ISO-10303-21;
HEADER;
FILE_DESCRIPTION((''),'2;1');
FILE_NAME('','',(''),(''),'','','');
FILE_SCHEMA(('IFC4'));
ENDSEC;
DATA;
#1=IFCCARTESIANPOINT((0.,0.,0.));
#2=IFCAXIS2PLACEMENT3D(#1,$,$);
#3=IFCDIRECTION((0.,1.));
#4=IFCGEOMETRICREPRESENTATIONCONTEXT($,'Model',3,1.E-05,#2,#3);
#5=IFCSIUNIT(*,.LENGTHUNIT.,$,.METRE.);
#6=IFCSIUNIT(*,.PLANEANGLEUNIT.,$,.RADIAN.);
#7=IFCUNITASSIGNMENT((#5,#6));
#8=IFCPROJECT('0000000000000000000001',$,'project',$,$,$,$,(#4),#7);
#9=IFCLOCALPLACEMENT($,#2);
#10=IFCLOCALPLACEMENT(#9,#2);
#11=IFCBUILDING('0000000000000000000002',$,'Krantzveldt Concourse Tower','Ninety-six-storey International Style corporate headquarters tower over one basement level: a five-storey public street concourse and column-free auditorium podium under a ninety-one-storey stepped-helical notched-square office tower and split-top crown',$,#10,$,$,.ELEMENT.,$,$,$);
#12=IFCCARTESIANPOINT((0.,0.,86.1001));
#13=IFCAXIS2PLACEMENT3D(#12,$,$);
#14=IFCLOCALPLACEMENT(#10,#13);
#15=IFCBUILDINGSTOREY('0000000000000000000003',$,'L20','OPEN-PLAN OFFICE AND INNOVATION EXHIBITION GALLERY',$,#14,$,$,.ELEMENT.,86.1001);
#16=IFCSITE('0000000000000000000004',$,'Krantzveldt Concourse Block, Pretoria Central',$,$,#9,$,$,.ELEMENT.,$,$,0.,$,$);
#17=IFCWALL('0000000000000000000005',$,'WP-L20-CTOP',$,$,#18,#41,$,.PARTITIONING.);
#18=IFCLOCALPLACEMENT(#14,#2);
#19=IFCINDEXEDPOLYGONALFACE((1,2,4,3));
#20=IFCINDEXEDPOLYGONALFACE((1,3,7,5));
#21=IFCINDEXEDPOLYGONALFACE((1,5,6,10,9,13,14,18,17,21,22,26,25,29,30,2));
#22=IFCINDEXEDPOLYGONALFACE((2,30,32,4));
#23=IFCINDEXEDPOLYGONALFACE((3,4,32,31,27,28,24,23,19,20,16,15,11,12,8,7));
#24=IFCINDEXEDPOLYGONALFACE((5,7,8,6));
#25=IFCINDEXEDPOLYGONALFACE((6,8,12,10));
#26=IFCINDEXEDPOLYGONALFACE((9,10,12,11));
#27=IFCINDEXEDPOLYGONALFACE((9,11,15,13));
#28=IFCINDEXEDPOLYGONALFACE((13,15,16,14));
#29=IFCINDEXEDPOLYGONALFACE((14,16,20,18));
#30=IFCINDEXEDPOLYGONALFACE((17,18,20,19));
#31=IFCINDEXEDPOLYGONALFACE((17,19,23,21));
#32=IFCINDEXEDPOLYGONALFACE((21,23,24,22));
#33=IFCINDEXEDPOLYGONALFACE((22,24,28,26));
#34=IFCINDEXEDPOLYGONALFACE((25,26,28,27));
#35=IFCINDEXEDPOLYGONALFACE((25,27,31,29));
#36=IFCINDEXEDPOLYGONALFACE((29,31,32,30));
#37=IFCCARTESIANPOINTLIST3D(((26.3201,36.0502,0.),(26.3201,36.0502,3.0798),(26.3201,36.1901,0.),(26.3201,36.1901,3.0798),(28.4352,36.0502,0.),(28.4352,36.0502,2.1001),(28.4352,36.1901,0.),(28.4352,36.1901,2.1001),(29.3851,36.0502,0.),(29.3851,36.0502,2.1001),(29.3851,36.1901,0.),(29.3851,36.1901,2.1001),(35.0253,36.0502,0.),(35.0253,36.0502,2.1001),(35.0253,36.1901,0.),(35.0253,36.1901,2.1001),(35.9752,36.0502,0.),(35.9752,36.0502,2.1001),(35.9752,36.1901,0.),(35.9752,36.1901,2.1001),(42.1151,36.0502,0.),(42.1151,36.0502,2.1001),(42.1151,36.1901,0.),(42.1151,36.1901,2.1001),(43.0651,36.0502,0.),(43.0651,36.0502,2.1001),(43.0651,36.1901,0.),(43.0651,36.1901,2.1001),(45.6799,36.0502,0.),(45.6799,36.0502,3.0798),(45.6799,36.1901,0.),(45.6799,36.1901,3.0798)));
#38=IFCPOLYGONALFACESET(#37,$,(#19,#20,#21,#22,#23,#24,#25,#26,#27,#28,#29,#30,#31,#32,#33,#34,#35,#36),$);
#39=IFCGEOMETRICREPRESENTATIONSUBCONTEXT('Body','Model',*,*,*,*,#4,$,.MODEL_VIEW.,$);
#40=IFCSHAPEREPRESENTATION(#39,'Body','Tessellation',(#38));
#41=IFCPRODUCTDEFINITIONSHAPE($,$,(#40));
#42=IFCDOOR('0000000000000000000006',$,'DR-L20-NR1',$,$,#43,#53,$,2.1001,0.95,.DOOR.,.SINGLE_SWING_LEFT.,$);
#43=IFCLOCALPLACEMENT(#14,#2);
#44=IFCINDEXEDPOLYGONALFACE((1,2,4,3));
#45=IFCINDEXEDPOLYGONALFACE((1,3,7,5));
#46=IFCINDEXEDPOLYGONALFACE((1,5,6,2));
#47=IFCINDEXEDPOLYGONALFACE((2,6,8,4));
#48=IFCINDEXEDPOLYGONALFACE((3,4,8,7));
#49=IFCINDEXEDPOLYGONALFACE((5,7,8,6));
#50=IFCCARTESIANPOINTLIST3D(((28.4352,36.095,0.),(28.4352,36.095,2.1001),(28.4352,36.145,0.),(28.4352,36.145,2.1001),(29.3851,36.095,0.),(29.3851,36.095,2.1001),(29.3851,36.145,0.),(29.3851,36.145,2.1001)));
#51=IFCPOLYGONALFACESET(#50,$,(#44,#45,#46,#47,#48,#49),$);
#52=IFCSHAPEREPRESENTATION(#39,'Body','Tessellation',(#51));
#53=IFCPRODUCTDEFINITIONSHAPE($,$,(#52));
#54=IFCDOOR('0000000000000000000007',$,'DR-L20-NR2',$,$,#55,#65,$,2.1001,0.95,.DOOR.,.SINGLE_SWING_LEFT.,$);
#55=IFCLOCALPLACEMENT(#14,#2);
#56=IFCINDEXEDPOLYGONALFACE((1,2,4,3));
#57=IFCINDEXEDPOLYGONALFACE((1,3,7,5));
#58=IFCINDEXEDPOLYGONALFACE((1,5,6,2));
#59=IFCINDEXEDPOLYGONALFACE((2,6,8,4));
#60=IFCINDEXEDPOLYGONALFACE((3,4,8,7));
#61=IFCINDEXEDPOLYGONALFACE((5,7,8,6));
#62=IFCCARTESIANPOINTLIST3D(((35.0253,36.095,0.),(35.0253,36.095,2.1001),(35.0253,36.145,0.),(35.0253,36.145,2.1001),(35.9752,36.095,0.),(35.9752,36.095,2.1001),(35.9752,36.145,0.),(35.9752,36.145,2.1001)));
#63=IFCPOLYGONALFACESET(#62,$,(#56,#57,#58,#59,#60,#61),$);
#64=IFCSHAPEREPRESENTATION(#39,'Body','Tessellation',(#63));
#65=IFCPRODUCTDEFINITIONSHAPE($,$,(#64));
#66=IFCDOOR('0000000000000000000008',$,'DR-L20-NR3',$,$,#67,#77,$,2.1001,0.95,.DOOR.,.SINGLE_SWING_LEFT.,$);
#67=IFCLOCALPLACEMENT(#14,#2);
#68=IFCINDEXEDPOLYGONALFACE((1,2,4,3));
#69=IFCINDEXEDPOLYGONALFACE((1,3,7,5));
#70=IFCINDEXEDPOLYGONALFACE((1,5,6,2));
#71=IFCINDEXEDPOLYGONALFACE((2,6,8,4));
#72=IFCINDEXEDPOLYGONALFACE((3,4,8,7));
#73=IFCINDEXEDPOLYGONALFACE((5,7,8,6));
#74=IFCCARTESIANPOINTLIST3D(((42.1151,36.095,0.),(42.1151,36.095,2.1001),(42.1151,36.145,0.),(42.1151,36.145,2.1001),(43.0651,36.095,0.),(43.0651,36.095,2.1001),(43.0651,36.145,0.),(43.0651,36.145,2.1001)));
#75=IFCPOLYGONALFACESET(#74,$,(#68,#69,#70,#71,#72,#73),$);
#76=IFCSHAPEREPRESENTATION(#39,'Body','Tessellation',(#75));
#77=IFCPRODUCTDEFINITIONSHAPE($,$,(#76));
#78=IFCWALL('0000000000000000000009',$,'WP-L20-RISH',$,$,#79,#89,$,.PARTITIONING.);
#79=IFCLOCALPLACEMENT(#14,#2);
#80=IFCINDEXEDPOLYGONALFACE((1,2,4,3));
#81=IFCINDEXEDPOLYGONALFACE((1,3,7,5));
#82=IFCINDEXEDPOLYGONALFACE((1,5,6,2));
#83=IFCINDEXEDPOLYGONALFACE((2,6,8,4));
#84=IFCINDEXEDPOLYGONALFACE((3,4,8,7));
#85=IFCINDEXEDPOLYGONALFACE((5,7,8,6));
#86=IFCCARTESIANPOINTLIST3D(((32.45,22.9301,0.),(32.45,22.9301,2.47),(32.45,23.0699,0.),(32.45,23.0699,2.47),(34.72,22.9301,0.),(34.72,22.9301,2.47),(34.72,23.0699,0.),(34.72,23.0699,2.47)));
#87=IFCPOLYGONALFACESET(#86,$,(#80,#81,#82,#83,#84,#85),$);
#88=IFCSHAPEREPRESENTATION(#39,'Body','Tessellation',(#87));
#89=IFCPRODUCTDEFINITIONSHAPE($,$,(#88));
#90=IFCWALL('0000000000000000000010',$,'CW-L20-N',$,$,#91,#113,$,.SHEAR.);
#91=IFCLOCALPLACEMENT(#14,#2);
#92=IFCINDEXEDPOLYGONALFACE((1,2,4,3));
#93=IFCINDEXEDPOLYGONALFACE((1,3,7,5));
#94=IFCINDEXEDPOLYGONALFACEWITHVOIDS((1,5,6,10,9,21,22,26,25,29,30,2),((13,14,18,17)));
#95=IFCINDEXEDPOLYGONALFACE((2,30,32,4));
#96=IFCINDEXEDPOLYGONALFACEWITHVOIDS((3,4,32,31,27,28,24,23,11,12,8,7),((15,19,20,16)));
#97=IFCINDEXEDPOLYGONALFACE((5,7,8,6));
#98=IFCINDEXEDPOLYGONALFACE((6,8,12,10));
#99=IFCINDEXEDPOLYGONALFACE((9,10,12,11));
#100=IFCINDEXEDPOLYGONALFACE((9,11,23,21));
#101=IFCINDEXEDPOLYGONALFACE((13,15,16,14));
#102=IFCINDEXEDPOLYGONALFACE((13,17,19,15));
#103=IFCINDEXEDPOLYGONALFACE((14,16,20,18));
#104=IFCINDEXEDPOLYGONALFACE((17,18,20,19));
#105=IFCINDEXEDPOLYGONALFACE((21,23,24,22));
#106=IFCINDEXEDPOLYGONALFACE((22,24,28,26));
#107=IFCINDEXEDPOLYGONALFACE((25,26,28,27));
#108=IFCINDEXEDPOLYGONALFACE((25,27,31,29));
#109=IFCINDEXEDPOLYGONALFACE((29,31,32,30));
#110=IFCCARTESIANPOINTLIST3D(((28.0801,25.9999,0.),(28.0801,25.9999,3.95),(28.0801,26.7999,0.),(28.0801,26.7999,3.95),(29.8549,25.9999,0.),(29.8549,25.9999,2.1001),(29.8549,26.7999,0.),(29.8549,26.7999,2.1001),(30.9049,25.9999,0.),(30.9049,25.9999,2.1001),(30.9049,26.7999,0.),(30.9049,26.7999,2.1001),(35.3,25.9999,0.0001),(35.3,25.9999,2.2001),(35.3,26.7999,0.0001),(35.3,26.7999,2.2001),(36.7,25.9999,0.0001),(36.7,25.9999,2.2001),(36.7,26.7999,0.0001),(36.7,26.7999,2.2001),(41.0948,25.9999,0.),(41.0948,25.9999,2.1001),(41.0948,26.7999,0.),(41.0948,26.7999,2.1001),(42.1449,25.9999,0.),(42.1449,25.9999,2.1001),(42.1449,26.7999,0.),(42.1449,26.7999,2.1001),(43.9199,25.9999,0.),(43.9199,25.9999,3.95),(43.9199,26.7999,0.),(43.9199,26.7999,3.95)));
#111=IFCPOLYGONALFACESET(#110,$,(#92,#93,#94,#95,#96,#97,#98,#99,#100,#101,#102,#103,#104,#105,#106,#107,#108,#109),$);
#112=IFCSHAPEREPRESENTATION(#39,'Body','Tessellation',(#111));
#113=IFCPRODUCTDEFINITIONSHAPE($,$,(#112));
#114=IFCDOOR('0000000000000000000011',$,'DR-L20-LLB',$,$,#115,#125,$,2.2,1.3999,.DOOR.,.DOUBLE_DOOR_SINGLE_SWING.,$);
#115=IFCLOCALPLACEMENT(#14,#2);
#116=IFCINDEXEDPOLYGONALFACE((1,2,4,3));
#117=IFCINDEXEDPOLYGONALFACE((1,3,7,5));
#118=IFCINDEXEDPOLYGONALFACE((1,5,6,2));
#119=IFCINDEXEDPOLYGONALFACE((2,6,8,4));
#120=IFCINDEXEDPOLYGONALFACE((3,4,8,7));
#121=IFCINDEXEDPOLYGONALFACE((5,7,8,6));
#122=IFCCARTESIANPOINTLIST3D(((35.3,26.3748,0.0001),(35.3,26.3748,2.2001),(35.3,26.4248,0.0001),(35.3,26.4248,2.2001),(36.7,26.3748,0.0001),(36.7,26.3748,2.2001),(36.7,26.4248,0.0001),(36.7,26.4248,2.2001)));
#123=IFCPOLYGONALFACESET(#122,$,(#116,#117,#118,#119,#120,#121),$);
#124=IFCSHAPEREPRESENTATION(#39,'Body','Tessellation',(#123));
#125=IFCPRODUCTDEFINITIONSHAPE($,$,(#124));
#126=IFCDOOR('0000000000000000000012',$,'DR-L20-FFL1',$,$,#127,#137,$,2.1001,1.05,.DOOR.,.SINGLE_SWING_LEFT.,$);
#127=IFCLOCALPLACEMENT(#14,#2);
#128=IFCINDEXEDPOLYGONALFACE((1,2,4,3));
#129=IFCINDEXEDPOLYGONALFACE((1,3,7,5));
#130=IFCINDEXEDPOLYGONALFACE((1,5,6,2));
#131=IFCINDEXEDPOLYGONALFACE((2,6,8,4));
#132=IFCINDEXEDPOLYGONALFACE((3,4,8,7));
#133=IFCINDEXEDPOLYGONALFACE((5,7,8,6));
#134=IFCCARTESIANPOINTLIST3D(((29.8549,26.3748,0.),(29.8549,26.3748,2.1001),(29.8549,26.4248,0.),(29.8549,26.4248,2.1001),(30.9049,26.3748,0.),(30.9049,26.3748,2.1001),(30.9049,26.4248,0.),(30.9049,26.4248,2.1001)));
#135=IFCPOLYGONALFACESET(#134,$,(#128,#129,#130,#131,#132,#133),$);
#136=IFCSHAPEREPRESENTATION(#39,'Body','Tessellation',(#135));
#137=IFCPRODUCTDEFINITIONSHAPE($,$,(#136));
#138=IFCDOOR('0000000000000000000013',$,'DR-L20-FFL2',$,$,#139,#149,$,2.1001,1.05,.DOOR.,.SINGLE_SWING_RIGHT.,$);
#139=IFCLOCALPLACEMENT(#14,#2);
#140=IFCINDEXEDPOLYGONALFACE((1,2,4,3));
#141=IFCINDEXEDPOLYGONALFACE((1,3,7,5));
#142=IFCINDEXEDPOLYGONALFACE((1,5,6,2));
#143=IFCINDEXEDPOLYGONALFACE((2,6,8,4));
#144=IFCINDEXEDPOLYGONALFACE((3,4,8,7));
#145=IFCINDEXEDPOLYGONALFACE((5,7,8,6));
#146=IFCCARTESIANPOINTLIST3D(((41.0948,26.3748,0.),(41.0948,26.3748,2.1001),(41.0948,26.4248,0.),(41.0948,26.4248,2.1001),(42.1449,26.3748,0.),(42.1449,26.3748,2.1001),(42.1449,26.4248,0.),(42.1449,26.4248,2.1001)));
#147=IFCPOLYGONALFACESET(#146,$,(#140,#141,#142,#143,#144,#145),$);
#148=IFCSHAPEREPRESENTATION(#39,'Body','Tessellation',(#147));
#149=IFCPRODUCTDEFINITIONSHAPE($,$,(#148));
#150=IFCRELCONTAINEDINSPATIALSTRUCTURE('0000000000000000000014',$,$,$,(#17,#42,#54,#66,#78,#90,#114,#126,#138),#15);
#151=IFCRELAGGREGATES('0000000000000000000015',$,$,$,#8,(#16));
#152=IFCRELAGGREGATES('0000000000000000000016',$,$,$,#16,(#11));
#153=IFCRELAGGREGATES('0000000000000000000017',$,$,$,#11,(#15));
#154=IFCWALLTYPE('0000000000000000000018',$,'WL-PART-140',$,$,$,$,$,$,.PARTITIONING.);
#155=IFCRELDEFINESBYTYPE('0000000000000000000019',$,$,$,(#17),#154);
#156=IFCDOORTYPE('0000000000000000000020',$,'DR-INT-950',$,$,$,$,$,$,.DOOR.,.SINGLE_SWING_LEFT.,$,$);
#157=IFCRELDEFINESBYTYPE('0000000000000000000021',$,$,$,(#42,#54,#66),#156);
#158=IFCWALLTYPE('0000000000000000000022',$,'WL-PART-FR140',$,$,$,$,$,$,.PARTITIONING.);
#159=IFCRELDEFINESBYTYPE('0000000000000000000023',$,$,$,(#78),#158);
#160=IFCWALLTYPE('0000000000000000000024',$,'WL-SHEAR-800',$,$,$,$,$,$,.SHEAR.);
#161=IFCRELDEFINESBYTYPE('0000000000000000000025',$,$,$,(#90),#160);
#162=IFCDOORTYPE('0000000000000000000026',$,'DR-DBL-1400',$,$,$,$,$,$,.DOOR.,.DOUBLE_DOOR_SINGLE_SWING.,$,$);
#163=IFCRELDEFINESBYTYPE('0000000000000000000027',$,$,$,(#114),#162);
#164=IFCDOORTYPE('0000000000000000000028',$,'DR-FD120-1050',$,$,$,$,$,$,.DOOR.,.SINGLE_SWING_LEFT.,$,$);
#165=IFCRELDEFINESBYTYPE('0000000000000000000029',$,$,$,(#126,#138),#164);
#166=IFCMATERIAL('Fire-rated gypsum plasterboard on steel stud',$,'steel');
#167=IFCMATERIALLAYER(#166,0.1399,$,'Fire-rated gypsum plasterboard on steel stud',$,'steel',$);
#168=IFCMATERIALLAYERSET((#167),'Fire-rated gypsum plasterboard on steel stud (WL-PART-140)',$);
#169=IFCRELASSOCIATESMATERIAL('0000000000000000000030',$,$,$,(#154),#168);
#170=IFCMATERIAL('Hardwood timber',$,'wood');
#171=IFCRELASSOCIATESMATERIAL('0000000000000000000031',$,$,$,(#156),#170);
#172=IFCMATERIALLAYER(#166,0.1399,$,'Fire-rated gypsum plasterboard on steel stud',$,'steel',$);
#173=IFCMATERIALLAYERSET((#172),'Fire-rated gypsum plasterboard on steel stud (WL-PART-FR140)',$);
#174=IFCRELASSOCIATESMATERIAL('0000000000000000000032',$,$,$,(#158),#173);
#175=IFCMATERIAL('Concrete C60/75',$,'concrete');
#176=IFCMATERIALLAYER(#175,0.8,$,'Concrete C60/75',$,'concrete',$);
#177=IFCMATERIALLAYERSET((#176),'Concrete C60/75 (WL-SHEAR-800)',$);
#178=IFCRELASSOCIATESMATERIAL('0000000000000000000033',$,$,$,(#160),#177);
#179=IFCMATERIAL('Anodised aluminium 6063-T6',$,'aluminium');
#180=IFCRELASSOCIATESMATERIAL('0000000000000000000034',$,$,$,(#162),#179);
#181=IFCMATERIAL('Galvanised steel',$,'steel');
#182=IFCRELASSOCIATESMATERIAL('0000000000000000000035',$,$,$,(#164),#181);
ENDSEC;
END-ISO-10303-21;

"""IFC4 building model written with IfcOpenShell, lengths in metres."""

from ifc_helpers import new_model, si_unit, direction, frame, frame_2d, origin, place, context, subcontext, project, spatial, rectangle, extrude, material, layer, layer_set, type_object, element, fill, save


model = new_model("IFC4")

# Units and contexts
model_context = context("Model", 3, precision=1e-05, world=origin(), true_north=direction((0.0, 1.0)))
body_context = subcontext(model_context, "Body", "Model", "MODEL_VIEW")
ifc_project = project(units=[si_unit("LENGTHUNIT", "METRE"), si_unit("PLANEANGLEUNIT", "RADIAN")], contexts=[model_context])

# Site, building, storey
site_placement = place(None, origin())
site = spatial("IfcSite", under=ifc_project, at=site_placement, Name="Krantzveldt Concourse Block, Pretoria Central", CompositionType="ELEMENT", RefElevation=0.0)
building_placement = place(site_placement, origin())
building = spatial("IfcBuilding", under=site, at=building_placement, Name="Krantzveldt Concourse Tower", Description="Ninety-six-storey International Style corporate headquarters tower over one basement level: a five-storey public street concourse and column-free auditorium podium under a ninety-one-storey stepped-helical notched-square office tower and split-top crown", CompositionType="ELEMENT")
storey_placement = place(building_placement, frame((0.0, 0.0, 86.1001)))
storey = spatial("IfcBuildingStorey", under=building, at=storey_placement, Name="L20", Description="OPEN-PLAN OFFICE AND INNOVATION EXHIBITION GALLERY", CompositionType="ELEMENT", Elevation=86.1001)

# Shared definitions
ifc_material_1 = material(Name="Fire-rated gypsum plasterboard on steel stud", Category="steel")

# Shared definitions
ifc_layer_1 = layer(ifc_material_1, 0.1399, Name="Fire-rated gypsum plasterboard on steel stud", Category="steel")
ifc_layer_set_1 = layer_set([ifc_layer_1], Name="Fire-rated gypsum plasterboard on steel stud (WL-PART-140)")
wall_type_1 = type_object("IfcWallType", Name="WL-PART-140", PredefinedType="PARTITIONING", material=ifc_layer_set_1)
ifc_material_2 = material(Name="Hardwood timber", Category="wood")

# Shared definitions
door_type_1 = type_object("IfcDoorType", Name="DR-INT-950", OperationType="SINGLE_SWING_LEFT", PredefinedType="DOOR", material=ifc_material_2)

# Wall, openings, doors
wall_1_placement = place(storey_placement, frame((26.3201, 36.1201, 0.0), z_axis=(0.0, 0.0, 1.0), x_axis=(1.0, 0.0, 0.0)))
wall_1 = element("IfcWall", 1, at=wall_1_placement, inside=storey, type_object=wall_type_1, Name="WP-L20-CTOP", PredefinedType="PARTITIONING", context=body_context, shape_type="SweptSolid", body=[
    extrude(rectangle(XDim=19.3599, YDim=0.1399, at=frame_2d((9.6799, 0.0))), origin(), (0.0, 0.0, 1.0), 3.0798),
])
opening_1_placement = place(wall_1_placement, frame((2.115, 0.0, 0.0)))
opening_1 = element("IfcOpeningElement", 2, at=opening_1_placement, cuts=wall_1, PredefinedType="OPENING", context=body_context, shape_type="SweptSolid", body=[
    extrude(rectangle(XDim=0.95, YDim=2.1001, at=frame_2d((0.4751, 1.05))), frame((0.0, 0.0801, 0.0), z_axis=(0.0, -1.0, 0.0), x_axis=(1.0, 0.0, 0.0)), (0.0, 0.0, 1.0), 0.1599),
])
opening_2_placement = place(wall_1_placement, frame((8.7051, 0.0, 0.0)))
opening_2 = element("IfcOpeningElement", 3, at=opening_2_placement, cuts=wall_1, PredefinedType="OPENING", context=body_context, shape_type="SweptSolid", body=[
    extrude(rectangle(XDim=0.95, YDim=2.1001, at=frame_2d((0.4751, 1.05))), frame((0.0, 0.0801, 0.0), z_axis=(0.0, -1.0, 0.0), x_axis=(1.0, 0.0, 0.0)), (0.0, 0.0, 1.0), 0.1599),
])
opening_3_placement = place(wall_1_placement, frame((15.7949, 0.0, 0.0)))
opening_3 = element("IfcOpeningElement", 4, at=opening_3_placement, cuts=wall_1, PredefinedType="OPENING", context=body_context, shape_type="SweptSolid", body=[
    extrude(rectangle(XDim=0.95, YDim=2.1001, at=frame_2d((0.4751, 1.05))), frame((0.0, 0.0801, 0.0), z_axis=(0.0, -1.0, 0.0), x_axis=(1.0, 0.0, 0.0)), (0.0, 0.0, 1.0), 0.1599),
])
door_1_placement = place(opening_1_placement, origin())
door_1 = element("IfcDoor", 5, at=door_1_placement, inside=storey, type_object=door_type_1, Name="DR-L20-NR1", OperationType="SINGLE_SWING_LEFT", OverallHeight=2.1001, OverallWidth=0.95, PredefinedType="DOOR", context=body_context, shape_type="SweptSolid", body=[
    extrude(rectangle(XDim=0.95, YDim=2.1001, at=frame_2d((0.4751, 1.05))), frame((0.0, 0.0249, 0.0), z_axis=(0.0, -1.0, 0.0), x_axis=(1.0, 0.0, 0.0)), (0.0, 0.0, 1.0), 0.05),
])
fill(opening_1, door_1)
door_2_placement = place(opening_2_placement, origin())
door_2 = element("IfcDoor", 6, at=door_2_placement, inside=storey, type_object=door_type_1, Name="DR-L20-NR2", OperationType="SINGLE_SWING_LEFT", OverallHeight=2.1001, OverallWidth=0.95, PredefinedType="DOOR", context=body_context, shape_type="SweptSolid", body=[
    extrude(rectangle(XDim=0.95, YDim=2.1001, at=frame_2d((0.4751, 1.05))), frame((0.0, 0.0249, 0.0), z_axis=(0.0, -1.0, 0.0), x_axis=(1.0, 0.0, 0.0)), (0.0, 0.0, 1.0), 0.05),
])
fill(opening_2, door_2)
door_3_placement = place(opening_3_placement, origin())
door_3 = element("IfcDoor", 7, at=door_3_placement, inside=storey, type_object=door_type_1, Name="DR-L20-NR3", OperationType="SINGLE_SWING_LEFT", OverallHeight=2.1001, OverallWidth=0.95, PredefinedType="DOOR", context=body_context, shape_type="SweptSolid", body=[
    extrude(rectangle(XDim=0.95, YDim=2.1001, at=frame_2d((0.4751, 1.05))), frame((0.0, 0.0249, 0.0), z_axis=(0.0, -1.0, 0.0), x_axis=(1.0, 0.0, 0.0)), (0.0, 0.0, 1.0), 0.05),
])
fill(opening_3, door_3)

# Wall
ifc_layer_2 = layer(ifc_material_1, 0.1399, Name="Fire-rated gypsum plasterboard on steel stud", Category="steel")
ifc_layer_set_2 = layer_set([ifc_layer_2], Name="Fire-rated gypsum plasterboard on steel stud (WL-PART-FR140)")
wall_type_2 = type_object("IfcWallType", Name="WL-PART-FR140", PredefinedType="PARTITIONING", material=ifc_layer_set_2)
wall_2_placement = place(storey_placement, frame((32.45, 23.0, 0.0), z_axis=(0.0, 0.0, 1.0), x_axis=(1.0, 0.0, 0.0)))
element("IfcWall", 8, at=wall_2_placement, inside=storey, type_object=wall_type_2, Name="WP-L20-RISH", PredefinedType="PARTITIONING", context=body_context, shape_type="SweptSolid", body=[
    extrude(rectangle(XDim=2.27, YDim=0.1399, at=frame_2d((1.135, 0.0))), origin(), (0.0, 0.0, 1.0), 2.47),
])

# Wall, openings, doors
ifc_material_3 = material(Name="Concrete C60/75", Category="concrete")
ifc_layer_3 = layer(ifc_material_3, 0.8, Name="Concrete C60/75", Category="concrete")
ifc_layer_set_3 = layer_set([ifc_layer_3], Name="Concrete C60/75 (WL-SHEAR-800)")
wall_type_3 = type_object("IfcWallType", Name="WL-SHEAR-800", PredefinedType="SHEAR", material=ifc_layer_set_3)
wall_3_placement = place(storey_placement, frame((28.0801, 26.3999, 0.0), z_axis=(0.0, 0.0, 1.0), x_axis=(1.0, 0.0, 0.0)))
wall_3 = element("IfcWall", 9, at=wall_3_placement, inside=storey, type_object=wall_type_3, Name="CW-L20-N", PredefinedType="SHEAR", context=body_context, shape_type="SweptSolid", body=[
    extrude(rectangle(XDim=15.8398, YDim=0.8, at=frame_2d((7.9199, 0.0))), origin(), (0.0, 0.0, 1.0), 3.95),
])
opening_4_placement = place(wall_3_placement, frame((7.22, 0.0, 0.0)))
opening_4 = element("IfcOpeningElement", 10, at=opening_4_placement, cuts=wall_3, PredefinedType="OPENING", context=body_context, shape_type="SweptSolid", body=[
    extrude(rectangle(XDim=1.3999, YDim=2.2, at=frame_2d((0.7, 1.1001))), frame((0.0, 0.4102, 0.0), z_axis=(0.0, -1.0, 0.0), x_axis=(1.0, 0.0, 0.0)), (0.0, 0.0, 1.0), 0.8201),
])
opening_5_placement = place(wall_3_placement, frame((1.7749, 0.0, 0.0)))
opening_5 = element("IfcOpeningElement", 11, at=opening_5_placement, cuts=wall_3, PredefinedType="OPENING", context=body_context, shape_type="SweptSolid", body=[
    extrude(rectangle(XDim=1.05, YDim=2.1001, at=frame_2d((0.5249, 1.05))), frame((0.0, 0.4102, 0.0), z_axis=(0.0, -1.0, 0.0), x_axis=(1.0, 0.0, 0.0)), (0.0, 0.0, 1.0), 0.8201),
])
opening_6_placement = place(wall_3_placement, frame((13.0149, 0.0, 0.0)))
opening_6 = element("IfcOpeningElement", 12, at=opening_6_placement, cuts=wall_3, PredefinedType="OPENING", context=body_context, shape_type="SweptSolid", body=[
    extrude(rectangle(XDim=1.05, YDim=2.1001, at=frame_2d((0.5249, 1.05))), frame((0.0, 0.4102, 0.0), z_axis=(0.0, -1.0, 0.0), x_axis=(1.0, 0.0, 0.0)), (0.0, 0.0, 1.0), 0.8201),
])
ifc_material_4 = material(Name="Anodised aluminium 6063-T6", Category="aluminium")
door_type_2 = type_object("IfcDoorType", Name="DR-DBL-1400", OperationType="DOUBLE_DOOR_SINGLE_SWING", PredefinedType="DOOR", material=ifc_material_4)
door_4_placement = place(opening_4_placement, origin())
door_4 = element("IfcDoor", 13, at=door_4_placement, inside=storey, type_object=door_type_2, Name="DR-L20-LLB", OperationType="DOUBLE_DOOR_SINGLE_SWING", OverallHeight=2.2, OverallWidth=1.3999, PredefinedType="DOOR", context=body_context, shape_type="SweptSolid", body=[
    extrude(rectangle(XDim=1.3999, YDim=2.2, at=frame_2d((0.7, 1.1001))), frame((0.0, 0.0249, 0.0), z_axis=(0.0, -1.0, 0.0), x_axis=(1.0, 0.0, 0.0)), (0.0, 0.0, 1.0), 0.05),
])
fill(opening_4, door_4)
ifc_material_5 = material(Name="Galvanised steel", Category="steel")
door_type_3 = type_object("IfcDoorType", Name="DR-FD120-1050", OperationType="SINGLE_SWING_LEFT", PredefinedType="DOOR", material=ifc_material_5)
door_5_placement = place(opening_5_placement, origin())
door_5 = element("IfcDoor", 14, at=door_5_placement, inside=storey, type_object=door_type_3, Name="DR-L20-FFL1", OperationType="SINGLE_SWING_LEFT", OverallHeight=2.1001, OverallWidth=1.05, PredefinedType="DOOR", context=body_context, shape_type="SweptSolid", body=[
    extrude(rectangle(XDim=1.05, YDim=2.1001, at=frame_2d((0.5249, 1.05))), frame((0.0, 0.0249, 0.0), z_axis=(0.0, -1.0, 0.0), x_axis=(1.0, 0.0, 0.0)), (0.0, 0.0, 1.0), 0.05),
])
fill(opening_5, door_5)
door_6_placement = place(opening_6_placement, origin())
door_6 = element("IfcDoor", 15, at=door_6_placement, inside=storey, type_object=door_type_3, Name="DR-L20-FFL2", OperationType="SINGLE_SWING_RIGHT", OverallHeight=2.1001, OverallWidth=1.05, PredefinedType="DOOR", context=body_context, shape_type="SweptSolid", body=[
    extrude(rectangle(XDim=1.05, YDim=2.1001, at=frame_2d((0.5249, 1.05))), frame((0.0, 0.0249, 0.0), z_axis=(0.0, -1.0, 0.0), x_axis=(1.0, 0.0, 0.0)), (0.0, 0.0, 1.0), 0.05),
])
fill(opening_6, door_6)

save(model, "model.ifc")
